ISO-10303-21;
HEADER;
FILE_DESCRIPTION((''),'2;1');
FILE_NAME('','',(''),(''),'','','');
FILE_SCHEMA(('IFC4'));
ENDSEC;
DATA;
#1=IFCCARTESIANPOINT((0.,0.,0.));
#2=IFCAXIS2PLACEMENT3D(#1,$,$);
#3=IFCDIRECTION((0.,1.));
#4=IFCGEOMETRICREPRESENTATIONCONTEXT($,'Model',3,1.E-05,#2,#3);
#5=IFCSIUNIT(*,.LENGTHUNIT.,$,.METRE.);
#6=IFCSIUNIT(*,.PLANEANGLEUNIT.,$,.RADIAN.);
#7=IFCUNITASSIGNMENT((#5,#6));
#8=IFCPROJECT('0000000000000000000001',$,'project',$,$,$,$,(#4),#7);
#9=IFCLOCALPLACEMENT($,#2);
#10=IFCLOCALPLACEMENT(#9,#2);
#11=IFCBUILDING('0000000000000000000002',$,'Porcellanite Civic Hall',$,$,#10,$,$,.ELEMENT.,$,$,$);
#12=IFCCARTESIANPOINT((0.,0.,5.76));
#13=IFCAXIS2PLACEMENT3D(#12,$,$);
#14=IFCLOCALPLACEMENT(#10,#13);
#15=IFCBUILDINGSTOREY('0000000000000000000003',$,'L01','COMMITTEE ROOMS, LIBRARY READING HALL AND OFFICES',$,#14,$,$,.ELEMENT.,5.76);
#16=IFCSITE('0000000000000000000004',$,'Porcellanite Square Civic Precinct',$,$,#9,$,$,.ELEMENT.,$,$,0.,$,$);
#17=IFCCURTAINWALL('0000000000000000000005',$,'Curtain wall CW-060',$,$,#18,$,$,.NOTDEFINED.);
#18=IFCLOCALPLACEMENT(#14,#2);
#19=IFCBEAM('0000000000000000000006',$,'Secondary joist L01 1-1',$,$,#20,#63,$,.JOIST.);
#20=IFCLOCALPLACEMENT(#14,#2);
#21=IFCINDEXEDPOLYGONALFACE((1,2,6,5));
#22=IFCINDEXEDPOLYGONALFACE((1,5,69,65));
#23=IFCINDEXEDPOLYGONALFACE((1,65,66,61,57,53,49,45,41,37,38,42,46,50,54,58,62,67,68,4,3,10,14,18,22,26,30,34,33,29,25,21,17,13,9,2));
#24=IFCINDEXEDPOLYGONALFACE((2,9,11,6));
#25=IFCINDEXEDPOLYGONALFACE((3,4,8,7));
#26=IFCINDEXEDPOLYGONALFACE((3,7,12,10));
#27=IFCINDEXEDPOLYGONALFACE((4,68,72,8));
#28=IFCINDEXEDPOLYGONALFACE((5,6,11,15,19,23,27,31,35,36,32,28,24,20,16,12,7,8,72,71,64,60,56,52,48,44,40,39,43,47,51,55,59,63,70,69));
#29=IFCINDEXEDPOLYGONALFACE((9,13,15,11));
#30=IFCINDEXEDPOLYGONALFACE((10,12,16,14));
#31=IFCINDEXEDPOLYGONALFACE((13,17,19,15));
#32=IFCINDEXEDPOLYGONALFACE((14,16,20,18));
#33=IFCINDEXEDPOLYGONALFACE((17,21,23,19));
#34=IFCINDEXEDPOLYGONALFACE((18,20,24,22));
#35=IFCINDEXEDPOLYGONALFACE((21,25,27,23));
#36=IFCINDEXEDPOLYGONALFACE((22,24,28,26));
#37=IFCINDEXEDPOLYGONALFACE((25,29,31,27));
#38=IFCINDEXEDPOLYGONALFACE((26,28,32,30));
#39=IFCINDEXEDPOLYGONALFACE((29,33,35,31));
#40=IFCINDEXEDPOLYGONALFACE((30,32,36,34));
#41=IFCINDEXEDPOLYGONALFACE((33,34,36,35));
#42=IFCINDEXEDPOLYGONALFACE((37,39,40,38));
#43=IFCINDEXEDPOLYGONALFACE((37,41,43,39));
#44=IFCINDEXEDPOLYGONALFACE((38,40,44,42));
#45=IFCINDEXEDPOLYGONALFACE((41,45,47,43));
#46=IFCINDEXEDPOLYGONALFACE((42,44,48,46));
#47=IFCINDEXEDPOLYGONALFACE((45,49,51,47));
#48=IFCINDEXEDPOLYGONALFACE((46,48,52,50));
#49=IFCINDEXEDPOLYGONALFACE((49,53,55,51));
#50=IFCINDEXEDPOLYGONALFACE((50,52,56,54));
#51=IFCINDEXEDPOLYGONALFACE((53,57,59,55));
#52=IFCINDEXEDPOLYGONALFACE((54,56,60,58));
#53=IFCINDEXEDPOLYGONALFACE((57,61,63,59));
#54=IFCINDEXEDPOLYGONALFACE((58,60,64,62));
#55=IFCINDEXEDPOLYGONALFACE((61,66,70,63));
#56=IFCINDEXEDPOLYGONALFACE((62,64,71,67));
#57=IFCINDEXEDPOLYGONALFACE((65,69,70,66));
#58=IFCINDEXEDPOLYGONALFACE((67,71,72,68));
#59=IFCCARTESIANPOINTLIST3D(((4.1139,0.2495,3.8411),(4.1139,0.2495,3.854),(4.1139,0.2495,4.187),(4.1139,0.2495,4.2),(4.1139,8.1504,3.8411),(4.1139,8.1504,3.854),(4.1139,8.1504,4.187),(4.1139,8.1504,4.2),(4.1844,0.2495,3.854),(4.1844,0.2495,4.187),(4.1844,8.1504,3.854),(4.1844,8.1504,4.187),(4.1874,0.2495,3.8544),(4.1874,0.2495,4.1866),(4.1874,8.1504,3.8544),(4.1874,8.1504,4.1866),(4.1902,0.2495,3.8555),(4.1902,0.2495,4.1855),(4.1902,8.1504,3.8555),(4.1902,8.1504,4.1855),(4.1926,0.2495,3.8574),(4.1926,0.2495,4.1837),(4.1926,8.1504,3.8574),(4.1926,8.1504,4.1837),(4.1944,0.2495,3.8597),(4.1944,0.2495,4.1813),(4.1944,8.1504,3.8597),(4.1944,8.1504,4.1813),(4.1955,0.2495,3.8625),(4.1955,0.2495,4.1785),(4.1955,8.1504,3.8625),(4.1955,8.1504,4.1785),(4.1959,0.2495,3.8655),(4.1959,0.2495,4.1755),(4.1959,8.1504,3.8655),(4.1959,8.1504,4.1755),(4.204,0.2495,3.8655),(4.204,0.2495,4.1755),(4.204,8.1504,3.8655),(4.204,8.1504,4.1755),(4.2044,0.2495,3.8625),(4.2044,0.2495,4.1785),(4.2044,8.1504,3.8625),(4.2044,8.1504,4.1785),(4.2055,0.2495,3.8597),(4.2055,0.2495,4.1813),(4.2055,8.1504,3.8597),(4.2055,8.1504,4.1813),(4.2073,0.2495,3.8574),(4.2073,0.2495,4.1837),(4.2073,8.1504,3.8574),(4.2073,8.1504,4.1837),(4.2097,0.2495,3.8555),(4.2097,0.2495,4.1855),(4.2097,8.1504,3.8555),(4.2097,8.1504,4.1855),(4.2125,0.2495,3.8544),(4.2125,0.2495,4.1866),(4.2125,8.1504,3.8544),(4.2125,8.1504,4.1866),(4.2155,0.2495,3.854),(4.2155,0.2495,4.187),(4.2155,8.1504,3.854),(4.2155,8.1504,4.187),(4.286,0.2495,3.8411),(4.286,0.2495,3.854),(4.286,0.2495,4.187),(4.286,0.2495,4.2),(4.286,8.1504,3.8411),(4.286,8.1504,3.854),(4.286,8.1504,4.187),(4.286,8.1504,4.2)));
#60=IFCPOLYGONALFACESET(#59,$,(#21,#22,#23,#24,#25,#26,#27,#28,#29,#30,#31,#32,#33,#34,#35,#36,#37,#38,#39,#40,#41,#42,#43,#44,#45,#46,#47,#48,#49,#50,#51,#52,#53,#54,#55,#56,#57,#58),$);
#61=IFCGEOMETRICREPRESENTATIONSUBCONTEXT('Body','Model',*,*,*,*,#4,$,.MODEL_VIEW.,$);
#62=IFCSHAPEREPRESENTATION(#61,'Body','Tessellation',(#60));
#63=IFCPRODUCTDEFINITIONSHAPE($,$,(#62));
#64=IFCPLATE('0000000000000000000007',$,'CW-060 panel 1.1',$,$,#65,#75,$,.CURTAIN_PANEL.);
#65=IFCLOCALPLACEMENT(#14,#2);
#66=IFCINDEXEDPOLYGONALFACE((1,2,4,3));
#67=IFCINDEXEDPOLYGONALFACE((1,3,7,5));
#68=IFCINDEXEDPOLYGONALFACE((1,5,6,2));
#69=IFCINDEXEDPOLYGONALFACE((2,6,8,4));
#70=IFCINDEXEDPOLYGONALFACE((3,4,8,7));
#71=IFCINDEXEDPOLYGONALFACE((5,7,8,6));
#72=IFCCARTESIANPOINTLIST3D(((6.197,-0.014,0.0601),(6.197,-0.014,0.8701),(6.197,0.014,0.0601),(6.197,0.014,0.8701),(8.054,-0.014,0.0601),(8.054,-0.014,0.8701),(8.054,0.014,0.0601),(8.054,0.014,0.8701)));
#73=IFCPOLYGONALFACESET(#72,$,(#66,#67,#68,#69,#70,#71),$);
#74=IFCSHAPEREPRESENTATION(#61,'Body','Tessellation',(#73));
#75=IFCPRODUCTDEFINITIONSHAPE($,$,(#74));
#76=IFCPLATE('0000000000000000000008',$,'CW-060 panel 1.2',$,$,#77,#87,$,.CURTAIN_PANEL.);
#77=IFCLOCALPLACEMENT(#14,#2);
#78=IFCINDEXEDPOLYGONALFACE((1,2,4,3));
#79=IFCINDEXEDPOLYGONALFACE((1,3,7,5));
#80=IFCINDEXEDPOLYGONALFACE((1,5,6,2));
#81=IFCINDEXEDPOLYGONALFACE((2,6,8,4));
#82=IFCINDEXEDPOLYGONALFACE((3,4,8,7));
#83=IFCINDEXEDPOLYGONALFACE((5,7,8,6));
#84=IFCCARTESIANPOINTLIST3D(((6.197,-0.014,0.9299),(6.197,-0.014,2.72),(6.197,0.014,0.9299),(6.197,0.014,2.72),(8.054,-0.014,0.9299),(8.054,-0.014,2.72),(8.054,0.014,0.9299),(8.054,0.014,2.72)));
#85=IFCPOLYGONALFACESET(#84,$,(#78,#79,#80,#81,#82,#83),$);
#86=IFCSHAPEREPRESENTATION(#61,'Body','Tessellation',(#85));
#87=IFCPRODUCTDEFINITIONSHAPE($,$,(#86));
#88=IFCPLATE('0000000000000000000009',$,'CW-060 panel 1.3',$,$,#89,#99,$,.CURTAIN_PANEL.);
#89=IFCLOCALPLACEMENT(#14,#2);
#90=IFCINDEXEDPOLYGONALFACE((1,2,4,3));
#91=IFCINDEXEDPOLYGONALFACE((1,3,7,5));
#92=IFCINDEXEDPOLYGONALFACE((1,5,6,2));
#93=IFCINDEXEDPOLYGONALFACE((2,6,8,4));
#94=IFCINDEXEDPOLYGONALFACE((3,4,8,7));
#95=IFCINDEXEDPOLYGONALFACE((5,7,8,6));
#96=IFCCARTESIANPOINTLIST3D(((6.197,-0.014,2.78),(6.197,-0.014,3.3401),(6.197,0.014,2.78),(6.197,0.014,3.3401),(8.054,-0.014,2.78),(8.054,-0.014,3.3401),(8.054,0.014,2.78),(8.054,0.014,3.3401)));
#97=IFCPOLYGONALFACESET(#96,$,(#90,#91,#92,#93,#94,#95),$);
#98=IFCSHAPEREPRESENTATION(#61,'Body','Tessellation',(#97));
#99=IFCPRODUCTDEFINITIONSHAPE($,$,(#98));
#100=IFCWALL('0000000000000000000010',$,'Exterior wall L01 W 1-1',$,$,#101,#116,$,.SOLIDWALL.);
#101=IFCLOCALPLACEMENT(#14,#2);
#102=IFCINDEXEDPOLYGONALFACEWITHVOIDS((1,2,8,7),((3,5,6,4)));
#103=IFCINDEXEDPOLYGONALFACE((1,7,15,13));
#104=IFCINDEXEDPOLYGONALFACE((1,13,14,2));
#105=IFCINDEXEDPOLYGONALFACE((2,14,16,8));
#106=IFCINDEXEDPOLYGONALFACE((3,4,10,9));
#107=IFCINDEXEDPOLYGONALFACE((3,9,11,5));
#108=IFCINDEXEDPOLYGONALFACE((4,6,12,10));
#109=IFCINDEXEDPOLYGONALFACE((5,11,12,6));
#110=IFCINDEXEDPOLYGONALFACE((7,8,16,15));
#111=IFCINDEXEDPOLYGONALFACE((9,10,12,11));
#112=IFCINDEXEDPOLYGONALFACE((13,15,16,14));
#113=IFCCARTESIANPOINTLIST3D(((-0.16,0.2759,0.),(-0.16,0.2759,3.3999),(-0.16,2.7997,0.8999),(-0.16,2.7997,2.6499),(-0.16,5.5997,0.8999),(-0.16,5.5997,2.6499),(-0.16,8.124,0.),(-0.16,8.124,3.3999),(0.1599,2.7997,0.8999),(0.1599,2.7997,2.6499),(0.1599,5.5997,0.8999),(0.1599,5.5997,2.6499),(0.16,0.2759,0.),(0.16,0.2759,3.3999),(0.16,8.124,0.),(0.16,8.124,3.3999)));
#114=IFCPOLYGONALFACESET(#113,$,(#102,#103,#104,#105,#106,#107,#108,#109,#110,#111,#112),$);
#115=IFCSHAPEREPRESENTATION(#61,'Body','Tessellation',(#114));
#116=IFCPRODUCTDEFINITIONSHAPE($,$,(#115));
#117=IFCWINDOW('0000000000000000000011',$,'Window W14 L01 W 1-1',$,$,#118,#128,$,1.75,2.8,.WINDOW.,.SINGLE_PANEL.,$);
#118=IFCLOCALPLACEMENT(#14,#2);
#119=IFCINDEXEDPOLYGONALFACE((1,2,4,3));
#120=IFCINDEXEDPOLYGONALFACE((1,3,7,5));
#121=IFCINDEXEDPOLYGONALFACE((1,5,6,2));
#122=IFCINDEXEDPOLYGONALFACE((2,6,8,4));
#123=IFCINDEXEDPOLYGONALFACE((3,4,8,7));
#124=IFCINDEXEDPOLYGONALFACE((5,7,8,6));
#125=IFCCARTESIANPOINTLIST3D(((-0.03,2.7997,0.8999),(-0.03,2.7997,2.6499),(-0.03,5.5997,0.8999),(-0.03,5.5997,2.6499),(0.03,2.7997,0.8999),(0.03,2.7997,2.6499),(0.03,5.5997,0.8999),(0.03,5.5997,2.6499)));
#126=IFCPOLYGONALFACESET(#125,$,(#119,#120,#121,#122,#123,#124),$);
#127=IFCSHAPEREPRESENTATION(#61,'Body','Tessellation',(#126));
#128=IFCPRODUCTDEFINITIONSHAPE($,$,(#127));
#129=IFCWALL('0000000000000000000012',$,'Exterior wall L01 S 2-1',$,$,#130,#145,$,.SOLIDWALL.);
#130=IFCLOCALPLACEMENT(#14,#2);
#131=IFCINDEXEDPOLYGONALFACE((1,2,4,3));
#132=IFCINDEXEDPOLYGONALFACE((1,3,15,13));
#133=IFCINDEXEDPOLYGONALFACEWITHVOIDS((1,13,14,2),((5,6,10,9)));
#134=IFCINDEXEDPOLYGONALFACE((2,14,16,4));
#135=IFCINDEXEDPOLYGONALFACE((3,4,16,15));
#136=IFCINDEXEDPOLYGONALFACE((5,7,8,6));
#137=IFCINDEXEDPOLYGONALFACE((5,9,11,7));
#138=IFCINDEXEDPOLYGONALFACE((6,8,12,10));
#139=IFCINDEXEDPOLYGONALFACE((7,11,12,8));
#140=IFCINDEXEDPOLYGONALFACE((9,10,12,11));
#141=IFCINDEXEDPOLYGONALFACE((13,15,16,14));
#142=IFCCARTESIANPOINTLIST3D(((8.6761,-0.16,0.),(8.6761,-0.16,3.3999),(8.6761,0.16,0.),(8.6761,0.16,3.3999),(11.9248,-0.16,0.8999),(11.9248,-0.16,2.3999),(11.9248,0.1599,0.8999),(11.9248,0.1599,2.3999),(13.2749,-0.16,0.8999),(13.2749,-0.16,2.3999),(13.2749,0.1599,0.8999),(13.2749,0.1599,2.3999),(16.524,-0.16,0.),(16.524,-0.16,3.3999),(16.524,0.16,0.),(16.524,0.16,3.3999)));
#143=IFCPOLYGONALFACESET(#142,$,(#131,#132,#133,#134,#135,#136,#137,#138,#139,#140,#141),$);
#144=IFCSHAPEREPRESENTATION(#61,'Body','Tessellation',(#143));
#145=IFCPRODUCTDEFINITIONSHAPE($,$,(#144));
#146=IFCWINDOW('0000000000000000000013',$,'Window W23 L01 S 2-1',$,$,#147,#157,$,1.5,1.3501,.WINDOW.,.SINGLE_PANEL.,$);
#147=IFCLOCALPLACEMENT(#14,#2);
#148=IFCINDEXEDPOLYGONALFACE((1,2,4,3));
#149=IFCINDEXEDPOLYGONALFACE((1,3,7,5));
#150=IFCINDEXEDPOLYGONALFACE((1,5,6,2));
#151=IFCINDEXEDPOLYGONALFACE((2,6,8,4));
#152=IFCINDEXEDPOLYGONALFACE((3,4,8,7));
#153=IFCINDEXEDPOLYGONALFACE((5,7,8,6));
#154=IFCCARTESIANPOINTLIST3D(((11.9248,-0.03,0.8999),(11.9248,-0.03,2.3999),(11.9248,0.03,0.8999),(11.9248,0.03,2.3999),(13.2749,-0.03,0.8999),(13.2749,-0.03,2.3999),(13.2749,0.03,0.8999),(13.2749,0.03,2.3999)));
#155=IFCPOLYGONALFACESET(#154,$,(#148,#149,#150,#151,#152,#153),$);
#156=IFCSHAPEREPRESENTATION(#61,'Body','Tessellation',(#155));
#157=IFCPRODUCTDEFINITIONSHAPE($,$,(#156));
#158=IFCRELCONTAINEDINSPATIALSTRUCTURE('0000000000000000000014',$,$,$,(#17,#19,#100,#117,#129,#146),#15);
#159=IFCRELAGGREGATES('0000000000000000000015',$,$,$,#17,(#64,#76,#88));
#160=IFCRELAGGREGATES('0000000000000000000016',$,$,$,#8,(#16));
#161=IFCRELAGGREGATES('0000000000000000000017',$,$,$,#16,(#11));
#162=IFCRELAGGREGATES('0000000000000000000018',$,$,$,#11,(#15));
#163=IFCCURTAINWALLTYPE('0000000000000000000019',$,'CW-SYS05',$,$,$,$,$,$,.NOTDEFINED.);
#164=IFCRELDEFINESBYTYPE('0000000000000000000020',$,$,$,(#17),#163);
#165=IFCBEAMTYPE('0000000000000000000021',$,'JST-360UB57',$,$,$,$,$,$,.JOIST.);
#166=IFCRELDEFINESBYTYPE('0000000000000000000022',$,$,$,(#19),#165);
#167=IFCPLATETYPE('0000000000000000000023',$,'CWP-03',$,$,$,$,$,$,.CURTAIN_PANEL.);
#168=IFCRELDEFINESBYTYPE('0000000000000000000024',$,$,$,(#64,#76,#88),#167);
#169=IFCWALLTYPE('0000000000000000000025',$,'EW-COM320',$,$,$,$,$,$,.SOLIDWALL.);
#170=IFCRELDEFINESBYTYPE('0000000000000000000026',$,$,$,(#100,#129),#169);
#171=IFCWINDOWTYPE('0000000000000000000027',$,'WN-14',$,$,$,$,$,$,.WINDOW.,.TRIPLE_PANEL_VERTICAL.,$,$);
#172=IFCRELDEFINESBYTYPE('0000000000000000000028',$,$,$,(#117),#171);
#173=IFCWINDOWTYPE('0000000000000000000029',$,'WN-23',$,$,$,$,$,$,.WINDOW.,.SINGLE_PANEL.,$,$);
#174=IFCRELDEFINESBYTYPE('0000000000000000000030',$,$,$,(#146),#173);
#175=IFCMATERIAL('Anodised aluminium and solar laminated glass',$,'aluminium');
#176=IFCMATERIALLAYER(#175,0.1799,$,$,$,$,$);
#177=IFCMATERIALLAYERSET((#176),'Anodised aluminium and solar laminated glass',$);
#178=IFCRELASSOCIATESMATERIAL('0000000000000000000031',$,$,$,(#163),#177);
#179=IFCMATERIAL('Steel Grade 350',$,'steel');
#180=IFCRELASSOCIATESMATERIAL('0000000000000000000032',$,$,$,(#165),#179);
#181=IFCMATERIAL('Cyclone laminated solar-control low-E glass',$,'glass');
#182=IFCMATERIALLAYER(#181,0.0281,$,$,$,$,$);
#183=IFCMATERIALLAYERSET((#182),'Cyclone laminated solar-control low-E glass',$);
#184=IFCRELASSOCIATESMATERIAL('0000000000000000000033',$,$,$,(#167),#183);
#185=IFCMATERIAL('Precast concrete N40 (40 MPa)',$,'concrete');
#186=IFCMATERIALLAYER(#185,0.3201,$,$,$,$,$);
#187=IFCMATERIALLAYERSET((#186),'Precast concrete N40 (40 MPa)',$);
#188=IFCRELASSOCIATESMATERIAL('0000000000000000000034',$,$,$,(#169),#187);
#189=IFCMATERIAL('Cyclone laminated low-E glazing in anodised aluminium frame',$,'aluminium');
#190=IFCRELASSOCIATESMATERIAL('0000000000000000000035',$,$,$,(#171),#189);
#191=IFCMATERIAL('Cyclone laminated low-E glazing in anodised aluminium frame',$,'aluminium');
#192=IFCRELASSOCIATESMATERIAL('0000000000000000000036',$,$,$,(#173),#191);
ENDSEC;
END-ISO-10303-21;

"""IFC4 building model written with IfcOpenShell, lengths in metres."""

from ifc_helpers import new_model, si_unit, direction, frame, frame_2d, origin, origin_2d, place, context, subcontext, project, spatial, rectangle, i_section, extrude, material, layer, layer_set, material_profile, profile_set, type_object, element, fill, aggregate, save


model = new_model("IFC4")

# Units and contexts
model_context = context("Model", 3, precision=1e-05, world=origin(), true_north=direction((0.0, 1.0)))
body_context = subcontext(model_context, "Body", "Model", "MODEL_VIEW")
ifc_project = project(units=[si_unit("LENGTHUNIT", "METRE"), si_unit("PLANEANGLEUNIT", "RADIAN")], contexts=[model_context])

# Site, building, storey
site_placement = place(None, origin())
site = spatial("IfcSite", under=ifc_project, at=site_placement, Name="Porcellanite Square Civic Precinct", CompositionType="ELEMENT", RefElevation=0.0)
building_placement = place(site_placement, origin())
building = spatial("IfcBuilding", under=site, at=building_placement, Name="Porcellanite Civic Hall", CompositionType="ELEMENT")
storey_placement = place(building_placement, frame((0.0, 0.0, 5.76)))
storey = spatial("IfcBuildingStorey", under=building, at=storey_placement, Name="L01", Description="COMMITTEE ROOMS, LIBRARY READING HALL AND OFFICES", CompositionType="ELEMENT", Elevation=5.76)

# Curtain wall
ifc_material_1 = material(Name="Anodised aluminium and solar laminated glass", Category="aluminium")
ifc_layer_1 = layer(ifc_material_1, 0.1799)
ifc_layer_set_1 = layer_set([ifc_layer_1], Name="Anodised aluminium and solar laminated glass")
curtain_wall_type = type_object("IfcCurtainWallType", Name="CW-SYS05", PredefinedType="NOTDEFINED", material=ifc_layer_set_1)
curtain_wall_placement = place(storey_placement, origin())
curtain_wall = element("IfcCurtainWall", 1, at=curtain_wall_placement, inside=storey, type_object=curtain_wall_type, Name="Curtain wall CW-060", PredefinedType="NOTDEFINED")

# Beam
ifc_material_2 = material(Name="Steel Grade 350", Category="steel")
ifc_material_profile_1 = material_profile(ifc_material_2, i_section(OverallWidth=0.1721, OverallDepth=0.3589, WebThickness=0.0081, FlangeThickness=0.0129, FilletRadius=0.0115, at=origin_2d()), Name="360UB56.7")
ifc_profile_set_1 = profile_set([ifc_material_profile_1], Name="Steel Grade 350")
beam_type_1 = type_object("IfcBeamType", Name="JST-360UB57", PredefinedType="JOIST", material=ifc_profile_set_1)
beam_1_placement = place(storey_placement, frame((4.2, 0.2495, 4.0205), z_axis=(0.0, 1.0, 0.0), x_axis=(-1.0, 0.0, 0.0)))
element("IfcBeam", 2, at=beam_1_placement, inside=storey, type_object=beam_type_1, Name="Secondary joist L01 1-1", PredefinedType="JOIST", context=body_context, shape_type="SweptSolid", body=[
    extrude(i_section(OverallWidth=0.1721, OverallDepth=0.3589, WebThickness=0.0081, FlangeThickness=0.0129, FilletRadius=0.0115, at=origin_2d()), origin(), (0.0, 0.0, 1.0), 7.9009),
])

# Plates
ifc_material_3 = material(Name="Cyclone laminated solar-control low-E glass", Category="glass")
ifc_layer_2 = layer(ifc_material_3, 0.0281)
ifc_layer_set_2 = layer_set([ifc_layer_2], Name="Cyclone laminated solar-control low-E glass")
plate_type = type_object("IfcPlateType", Name="CWP-03", PredefinedType="CURTAIN_PANEL", material=ifc_layer_set_2)
plate_1_placement = place(storey_placement, frame((7.1255, 0.0, 0.0601), z_axis=(0.0, 0.0, 1.0), x_axis=(-1.0, 0.0, 0.0)))
plate_1 = element("IfcPlate", 3, at=plate_1_placement, type_object=plate_type, Name="CW-060 panel 1.1", PredefinedType="CURTAIN_PANEL", context=body_context, shape_type="SweptSolid", body=[
    extrude(rectangle(XDim=1.8569, YDim=0.0281, at=origin_2d()), origin(), (0.0, 0.0, 1.0), 0.8101),
])
plate_2_placement = place(storey_placement, frame((7.1255, 0.0, 0.9299), z_axis=(0.0, 0.0, 1.0), x_axis=(-1.0, 0.0, 0.0)))
plate_2 = element("IfcPlate", 4, at=plate_2_placement, type_object=plate_type, Name="CW-060 panel 1.2", PredefinedType="CURTAIN_PANEL", context=body_context, shape_type="SweptSolid", body=[
    extrude(rectangle(XDim=1.8569, YDim=0.0281, at=origin_2d()), origin(), (0.0, 0.0, 1.0), 1.79),
])
plate_3_placement = place(storey_placement, frame((7.1255, 0.0, 2.78), z_axis=(0.0, 0.0, 1.0), x_axis=(-1.0, 0.0, 0.0)))
plate_3 = element("IfcPlate", 5, at=plate_3_placement, type_object=plate_type, Name="CW-060 panel 1.3", PredefinedType="CURTAIN_PANEL", context=body_context, shape_type="SweptSolid", body=[
    extrude(rectangle(XDim=1.8569, YDim=0.0281, at=origin_2d()), origin(), (0.0, 0.0, 1.0), 0.5601),
])
aggregate(curtain_wall, [plate_1, plate_2, plate_3])

# Walls, openings, windows
ifc_material_4 = material(Name="Precast concrete N40 (40 MPa)", Category="concrete")
ifc_layer_3 = layer(ifc_material_4, 0.3201)
ifc_layer_set_3 = layer_set([ifc_layer_3], Name="Precast concrete N40 (40 MPa)")
wall_type_1 = type_object("IfcWallType", Name="EW-COM320", PredefinedType="SOLIDWALL", material=ifc_layer_set_3)
wall_1_placement = place(storey_placement, frame((0.0, 0.2759, 0.0), z_axis=(0.0, 0.0, 1.0), x_axis=(0.0, 1.0, 0.0)))
wall_1 = element("IfcWall", 6, at=wall_1_placement, inside=storey, type_object=wall_type_1, Name="Exterior wall L01 W 1-1", PredefinedType="SOLIDWALL", context=body_context, shape_type="SweptSolid", body=[
    extrude(rectangle(XDim=7.8481, YDim=0.3201, at=frame_2d((3.9241, 0.0))), origin(), (0.0, 0.0, 1.0), 3.3999),
])
opening_1_placement = place(wall_1_placement, frame((2.5239, 0.0, 0.8999)))
opening_1 = element("IfcOpeningElement", 7, at=opening_1_placement, cuts=wall_1, PredefinedType="OPENING", context=body_context, shape_type="SweptSolid", body=[
    extrude(rectangle(XDim=2.8, YDim=1.75, at=frame_2d((1.3999, 0.875))), frame((0.0, 0.1602, 0.0), z_axis=(0.0, -1.0, 0.0), x_axis=(1.0, 0.0, 0.0)), (0.0, 0.0, 1.0), 0.3201),
])
ifc_material_5 = material(Name="Cyclone laminated low-E glazing in anodised aluminium frame", Category="aluminium")
window_type_1 = type_object("IfcWindowType", Name="WN-14", PartitioningType="TRIPLE_PANEL_VERTICAL", PredefinedType="WINDOW", material=ifc_material_5)
window_1_placement = place(opening_1_placement, origin())
window_1 = element("IfcWindow", 8, at=window_1_placement, inside=storey, type_object=window_type_1, Name="Window W14 L01 W 1-1", OverallHeight=1.75, OverallWidth=2.8, PartitioningType="SINGLE_PANEL", PredefinedType="WINDOW", context=body_context, shape_type="SweptSolid", body=[
    extrude(rectangle(XDim=2.8, YDim=1.75, at=frame_2d((1.3999, 0.875))), frame((0.0, 0.03, 0.0), z_axis=(0.0, -1.0, 0.0), x_axis=(1.0, 0.0, 0.0)), (0.0, 0.0, 1.0), 0.0601),
])
fill(opening_1, window_1)
wall_2_placement = place(storey_placement, frame((16.5239, 0.0, 0.0), z_axis=(0.0, 0.0, 1.0), x_axis=(-1.0, 0.0, 0.0)))
wall_2 = element("IfcWall", 9, at=wall_2_placement, inside=storey, type_object=wall_type_1, Name="Exterior wall L01 S 2-1", PredefinedType="SOLIDWALL", context=body_context, shape_type="SweptSolid", body=[
    extrude(rectangle(XDim=7.8479, YDim=0.3201, at=frame_2d((3.9238, 0.0))), origin(), (0.0, 0.0, 1.0), 3.3999),
])
opening_2_placement = place(wall_2_placement, frame((3.249, 0.0, 0.8999)))
opening_2 = element("IfcOpeningElement", 10, at=opening_2_placement, cuts=wall_2, PredefinedType="OPENING", context=body_context, shape_type="SweptSolid", body=[
    extrude(rectangle(XDim=1.3501, YDim=1.5, at=frame_2d((0.675, 0.75))), frame((0.0, 0.1602, 0.0), z_axis=(0.0, -1.0, 0.0), x_axis=(1.0, 0.0, 0.0)), (0.0, 0.0, 1.0), 0.3201),
])
ifc_material_6 = material(Name="Cyclone laminated low-E glazing in anodised aluminium frame", Category="aluminium")
window_type_2 = type_object("IfcWindowType", Name="WN-23", PartitioningType="SINGLE_PANEL", PredefinedType="WINDOW", material=ifc_material_6)
window_2_placement = place(opening_2_placement, origin())
window_2 = element("IfcWindow", 11, at=window_2_placement, inside=storey, type_object=window_type_2, Name="Window W23 L01 S 2-1", OverallHeight=1.5, OverallWidth=1.3501, PartitioningType="SINGLE_PANEL", PredefinedType="WINDOW", context=body_context, shape_type="SweptSolid", body=[
    extrude(rectangle(XDim=1.3501, YDim=1.5, at=frame_2d((0.675, 0.75))), frame((0.0, 0.03, 0.0), z_axis=(0.0, -1.0, 0.0), x_axis=(1.0, 0.0, 0.0)), (0.0, 0.0, 1.0), 0.0601),
])
fill(opening_2, window_2)

save(model, "model.ifc")
